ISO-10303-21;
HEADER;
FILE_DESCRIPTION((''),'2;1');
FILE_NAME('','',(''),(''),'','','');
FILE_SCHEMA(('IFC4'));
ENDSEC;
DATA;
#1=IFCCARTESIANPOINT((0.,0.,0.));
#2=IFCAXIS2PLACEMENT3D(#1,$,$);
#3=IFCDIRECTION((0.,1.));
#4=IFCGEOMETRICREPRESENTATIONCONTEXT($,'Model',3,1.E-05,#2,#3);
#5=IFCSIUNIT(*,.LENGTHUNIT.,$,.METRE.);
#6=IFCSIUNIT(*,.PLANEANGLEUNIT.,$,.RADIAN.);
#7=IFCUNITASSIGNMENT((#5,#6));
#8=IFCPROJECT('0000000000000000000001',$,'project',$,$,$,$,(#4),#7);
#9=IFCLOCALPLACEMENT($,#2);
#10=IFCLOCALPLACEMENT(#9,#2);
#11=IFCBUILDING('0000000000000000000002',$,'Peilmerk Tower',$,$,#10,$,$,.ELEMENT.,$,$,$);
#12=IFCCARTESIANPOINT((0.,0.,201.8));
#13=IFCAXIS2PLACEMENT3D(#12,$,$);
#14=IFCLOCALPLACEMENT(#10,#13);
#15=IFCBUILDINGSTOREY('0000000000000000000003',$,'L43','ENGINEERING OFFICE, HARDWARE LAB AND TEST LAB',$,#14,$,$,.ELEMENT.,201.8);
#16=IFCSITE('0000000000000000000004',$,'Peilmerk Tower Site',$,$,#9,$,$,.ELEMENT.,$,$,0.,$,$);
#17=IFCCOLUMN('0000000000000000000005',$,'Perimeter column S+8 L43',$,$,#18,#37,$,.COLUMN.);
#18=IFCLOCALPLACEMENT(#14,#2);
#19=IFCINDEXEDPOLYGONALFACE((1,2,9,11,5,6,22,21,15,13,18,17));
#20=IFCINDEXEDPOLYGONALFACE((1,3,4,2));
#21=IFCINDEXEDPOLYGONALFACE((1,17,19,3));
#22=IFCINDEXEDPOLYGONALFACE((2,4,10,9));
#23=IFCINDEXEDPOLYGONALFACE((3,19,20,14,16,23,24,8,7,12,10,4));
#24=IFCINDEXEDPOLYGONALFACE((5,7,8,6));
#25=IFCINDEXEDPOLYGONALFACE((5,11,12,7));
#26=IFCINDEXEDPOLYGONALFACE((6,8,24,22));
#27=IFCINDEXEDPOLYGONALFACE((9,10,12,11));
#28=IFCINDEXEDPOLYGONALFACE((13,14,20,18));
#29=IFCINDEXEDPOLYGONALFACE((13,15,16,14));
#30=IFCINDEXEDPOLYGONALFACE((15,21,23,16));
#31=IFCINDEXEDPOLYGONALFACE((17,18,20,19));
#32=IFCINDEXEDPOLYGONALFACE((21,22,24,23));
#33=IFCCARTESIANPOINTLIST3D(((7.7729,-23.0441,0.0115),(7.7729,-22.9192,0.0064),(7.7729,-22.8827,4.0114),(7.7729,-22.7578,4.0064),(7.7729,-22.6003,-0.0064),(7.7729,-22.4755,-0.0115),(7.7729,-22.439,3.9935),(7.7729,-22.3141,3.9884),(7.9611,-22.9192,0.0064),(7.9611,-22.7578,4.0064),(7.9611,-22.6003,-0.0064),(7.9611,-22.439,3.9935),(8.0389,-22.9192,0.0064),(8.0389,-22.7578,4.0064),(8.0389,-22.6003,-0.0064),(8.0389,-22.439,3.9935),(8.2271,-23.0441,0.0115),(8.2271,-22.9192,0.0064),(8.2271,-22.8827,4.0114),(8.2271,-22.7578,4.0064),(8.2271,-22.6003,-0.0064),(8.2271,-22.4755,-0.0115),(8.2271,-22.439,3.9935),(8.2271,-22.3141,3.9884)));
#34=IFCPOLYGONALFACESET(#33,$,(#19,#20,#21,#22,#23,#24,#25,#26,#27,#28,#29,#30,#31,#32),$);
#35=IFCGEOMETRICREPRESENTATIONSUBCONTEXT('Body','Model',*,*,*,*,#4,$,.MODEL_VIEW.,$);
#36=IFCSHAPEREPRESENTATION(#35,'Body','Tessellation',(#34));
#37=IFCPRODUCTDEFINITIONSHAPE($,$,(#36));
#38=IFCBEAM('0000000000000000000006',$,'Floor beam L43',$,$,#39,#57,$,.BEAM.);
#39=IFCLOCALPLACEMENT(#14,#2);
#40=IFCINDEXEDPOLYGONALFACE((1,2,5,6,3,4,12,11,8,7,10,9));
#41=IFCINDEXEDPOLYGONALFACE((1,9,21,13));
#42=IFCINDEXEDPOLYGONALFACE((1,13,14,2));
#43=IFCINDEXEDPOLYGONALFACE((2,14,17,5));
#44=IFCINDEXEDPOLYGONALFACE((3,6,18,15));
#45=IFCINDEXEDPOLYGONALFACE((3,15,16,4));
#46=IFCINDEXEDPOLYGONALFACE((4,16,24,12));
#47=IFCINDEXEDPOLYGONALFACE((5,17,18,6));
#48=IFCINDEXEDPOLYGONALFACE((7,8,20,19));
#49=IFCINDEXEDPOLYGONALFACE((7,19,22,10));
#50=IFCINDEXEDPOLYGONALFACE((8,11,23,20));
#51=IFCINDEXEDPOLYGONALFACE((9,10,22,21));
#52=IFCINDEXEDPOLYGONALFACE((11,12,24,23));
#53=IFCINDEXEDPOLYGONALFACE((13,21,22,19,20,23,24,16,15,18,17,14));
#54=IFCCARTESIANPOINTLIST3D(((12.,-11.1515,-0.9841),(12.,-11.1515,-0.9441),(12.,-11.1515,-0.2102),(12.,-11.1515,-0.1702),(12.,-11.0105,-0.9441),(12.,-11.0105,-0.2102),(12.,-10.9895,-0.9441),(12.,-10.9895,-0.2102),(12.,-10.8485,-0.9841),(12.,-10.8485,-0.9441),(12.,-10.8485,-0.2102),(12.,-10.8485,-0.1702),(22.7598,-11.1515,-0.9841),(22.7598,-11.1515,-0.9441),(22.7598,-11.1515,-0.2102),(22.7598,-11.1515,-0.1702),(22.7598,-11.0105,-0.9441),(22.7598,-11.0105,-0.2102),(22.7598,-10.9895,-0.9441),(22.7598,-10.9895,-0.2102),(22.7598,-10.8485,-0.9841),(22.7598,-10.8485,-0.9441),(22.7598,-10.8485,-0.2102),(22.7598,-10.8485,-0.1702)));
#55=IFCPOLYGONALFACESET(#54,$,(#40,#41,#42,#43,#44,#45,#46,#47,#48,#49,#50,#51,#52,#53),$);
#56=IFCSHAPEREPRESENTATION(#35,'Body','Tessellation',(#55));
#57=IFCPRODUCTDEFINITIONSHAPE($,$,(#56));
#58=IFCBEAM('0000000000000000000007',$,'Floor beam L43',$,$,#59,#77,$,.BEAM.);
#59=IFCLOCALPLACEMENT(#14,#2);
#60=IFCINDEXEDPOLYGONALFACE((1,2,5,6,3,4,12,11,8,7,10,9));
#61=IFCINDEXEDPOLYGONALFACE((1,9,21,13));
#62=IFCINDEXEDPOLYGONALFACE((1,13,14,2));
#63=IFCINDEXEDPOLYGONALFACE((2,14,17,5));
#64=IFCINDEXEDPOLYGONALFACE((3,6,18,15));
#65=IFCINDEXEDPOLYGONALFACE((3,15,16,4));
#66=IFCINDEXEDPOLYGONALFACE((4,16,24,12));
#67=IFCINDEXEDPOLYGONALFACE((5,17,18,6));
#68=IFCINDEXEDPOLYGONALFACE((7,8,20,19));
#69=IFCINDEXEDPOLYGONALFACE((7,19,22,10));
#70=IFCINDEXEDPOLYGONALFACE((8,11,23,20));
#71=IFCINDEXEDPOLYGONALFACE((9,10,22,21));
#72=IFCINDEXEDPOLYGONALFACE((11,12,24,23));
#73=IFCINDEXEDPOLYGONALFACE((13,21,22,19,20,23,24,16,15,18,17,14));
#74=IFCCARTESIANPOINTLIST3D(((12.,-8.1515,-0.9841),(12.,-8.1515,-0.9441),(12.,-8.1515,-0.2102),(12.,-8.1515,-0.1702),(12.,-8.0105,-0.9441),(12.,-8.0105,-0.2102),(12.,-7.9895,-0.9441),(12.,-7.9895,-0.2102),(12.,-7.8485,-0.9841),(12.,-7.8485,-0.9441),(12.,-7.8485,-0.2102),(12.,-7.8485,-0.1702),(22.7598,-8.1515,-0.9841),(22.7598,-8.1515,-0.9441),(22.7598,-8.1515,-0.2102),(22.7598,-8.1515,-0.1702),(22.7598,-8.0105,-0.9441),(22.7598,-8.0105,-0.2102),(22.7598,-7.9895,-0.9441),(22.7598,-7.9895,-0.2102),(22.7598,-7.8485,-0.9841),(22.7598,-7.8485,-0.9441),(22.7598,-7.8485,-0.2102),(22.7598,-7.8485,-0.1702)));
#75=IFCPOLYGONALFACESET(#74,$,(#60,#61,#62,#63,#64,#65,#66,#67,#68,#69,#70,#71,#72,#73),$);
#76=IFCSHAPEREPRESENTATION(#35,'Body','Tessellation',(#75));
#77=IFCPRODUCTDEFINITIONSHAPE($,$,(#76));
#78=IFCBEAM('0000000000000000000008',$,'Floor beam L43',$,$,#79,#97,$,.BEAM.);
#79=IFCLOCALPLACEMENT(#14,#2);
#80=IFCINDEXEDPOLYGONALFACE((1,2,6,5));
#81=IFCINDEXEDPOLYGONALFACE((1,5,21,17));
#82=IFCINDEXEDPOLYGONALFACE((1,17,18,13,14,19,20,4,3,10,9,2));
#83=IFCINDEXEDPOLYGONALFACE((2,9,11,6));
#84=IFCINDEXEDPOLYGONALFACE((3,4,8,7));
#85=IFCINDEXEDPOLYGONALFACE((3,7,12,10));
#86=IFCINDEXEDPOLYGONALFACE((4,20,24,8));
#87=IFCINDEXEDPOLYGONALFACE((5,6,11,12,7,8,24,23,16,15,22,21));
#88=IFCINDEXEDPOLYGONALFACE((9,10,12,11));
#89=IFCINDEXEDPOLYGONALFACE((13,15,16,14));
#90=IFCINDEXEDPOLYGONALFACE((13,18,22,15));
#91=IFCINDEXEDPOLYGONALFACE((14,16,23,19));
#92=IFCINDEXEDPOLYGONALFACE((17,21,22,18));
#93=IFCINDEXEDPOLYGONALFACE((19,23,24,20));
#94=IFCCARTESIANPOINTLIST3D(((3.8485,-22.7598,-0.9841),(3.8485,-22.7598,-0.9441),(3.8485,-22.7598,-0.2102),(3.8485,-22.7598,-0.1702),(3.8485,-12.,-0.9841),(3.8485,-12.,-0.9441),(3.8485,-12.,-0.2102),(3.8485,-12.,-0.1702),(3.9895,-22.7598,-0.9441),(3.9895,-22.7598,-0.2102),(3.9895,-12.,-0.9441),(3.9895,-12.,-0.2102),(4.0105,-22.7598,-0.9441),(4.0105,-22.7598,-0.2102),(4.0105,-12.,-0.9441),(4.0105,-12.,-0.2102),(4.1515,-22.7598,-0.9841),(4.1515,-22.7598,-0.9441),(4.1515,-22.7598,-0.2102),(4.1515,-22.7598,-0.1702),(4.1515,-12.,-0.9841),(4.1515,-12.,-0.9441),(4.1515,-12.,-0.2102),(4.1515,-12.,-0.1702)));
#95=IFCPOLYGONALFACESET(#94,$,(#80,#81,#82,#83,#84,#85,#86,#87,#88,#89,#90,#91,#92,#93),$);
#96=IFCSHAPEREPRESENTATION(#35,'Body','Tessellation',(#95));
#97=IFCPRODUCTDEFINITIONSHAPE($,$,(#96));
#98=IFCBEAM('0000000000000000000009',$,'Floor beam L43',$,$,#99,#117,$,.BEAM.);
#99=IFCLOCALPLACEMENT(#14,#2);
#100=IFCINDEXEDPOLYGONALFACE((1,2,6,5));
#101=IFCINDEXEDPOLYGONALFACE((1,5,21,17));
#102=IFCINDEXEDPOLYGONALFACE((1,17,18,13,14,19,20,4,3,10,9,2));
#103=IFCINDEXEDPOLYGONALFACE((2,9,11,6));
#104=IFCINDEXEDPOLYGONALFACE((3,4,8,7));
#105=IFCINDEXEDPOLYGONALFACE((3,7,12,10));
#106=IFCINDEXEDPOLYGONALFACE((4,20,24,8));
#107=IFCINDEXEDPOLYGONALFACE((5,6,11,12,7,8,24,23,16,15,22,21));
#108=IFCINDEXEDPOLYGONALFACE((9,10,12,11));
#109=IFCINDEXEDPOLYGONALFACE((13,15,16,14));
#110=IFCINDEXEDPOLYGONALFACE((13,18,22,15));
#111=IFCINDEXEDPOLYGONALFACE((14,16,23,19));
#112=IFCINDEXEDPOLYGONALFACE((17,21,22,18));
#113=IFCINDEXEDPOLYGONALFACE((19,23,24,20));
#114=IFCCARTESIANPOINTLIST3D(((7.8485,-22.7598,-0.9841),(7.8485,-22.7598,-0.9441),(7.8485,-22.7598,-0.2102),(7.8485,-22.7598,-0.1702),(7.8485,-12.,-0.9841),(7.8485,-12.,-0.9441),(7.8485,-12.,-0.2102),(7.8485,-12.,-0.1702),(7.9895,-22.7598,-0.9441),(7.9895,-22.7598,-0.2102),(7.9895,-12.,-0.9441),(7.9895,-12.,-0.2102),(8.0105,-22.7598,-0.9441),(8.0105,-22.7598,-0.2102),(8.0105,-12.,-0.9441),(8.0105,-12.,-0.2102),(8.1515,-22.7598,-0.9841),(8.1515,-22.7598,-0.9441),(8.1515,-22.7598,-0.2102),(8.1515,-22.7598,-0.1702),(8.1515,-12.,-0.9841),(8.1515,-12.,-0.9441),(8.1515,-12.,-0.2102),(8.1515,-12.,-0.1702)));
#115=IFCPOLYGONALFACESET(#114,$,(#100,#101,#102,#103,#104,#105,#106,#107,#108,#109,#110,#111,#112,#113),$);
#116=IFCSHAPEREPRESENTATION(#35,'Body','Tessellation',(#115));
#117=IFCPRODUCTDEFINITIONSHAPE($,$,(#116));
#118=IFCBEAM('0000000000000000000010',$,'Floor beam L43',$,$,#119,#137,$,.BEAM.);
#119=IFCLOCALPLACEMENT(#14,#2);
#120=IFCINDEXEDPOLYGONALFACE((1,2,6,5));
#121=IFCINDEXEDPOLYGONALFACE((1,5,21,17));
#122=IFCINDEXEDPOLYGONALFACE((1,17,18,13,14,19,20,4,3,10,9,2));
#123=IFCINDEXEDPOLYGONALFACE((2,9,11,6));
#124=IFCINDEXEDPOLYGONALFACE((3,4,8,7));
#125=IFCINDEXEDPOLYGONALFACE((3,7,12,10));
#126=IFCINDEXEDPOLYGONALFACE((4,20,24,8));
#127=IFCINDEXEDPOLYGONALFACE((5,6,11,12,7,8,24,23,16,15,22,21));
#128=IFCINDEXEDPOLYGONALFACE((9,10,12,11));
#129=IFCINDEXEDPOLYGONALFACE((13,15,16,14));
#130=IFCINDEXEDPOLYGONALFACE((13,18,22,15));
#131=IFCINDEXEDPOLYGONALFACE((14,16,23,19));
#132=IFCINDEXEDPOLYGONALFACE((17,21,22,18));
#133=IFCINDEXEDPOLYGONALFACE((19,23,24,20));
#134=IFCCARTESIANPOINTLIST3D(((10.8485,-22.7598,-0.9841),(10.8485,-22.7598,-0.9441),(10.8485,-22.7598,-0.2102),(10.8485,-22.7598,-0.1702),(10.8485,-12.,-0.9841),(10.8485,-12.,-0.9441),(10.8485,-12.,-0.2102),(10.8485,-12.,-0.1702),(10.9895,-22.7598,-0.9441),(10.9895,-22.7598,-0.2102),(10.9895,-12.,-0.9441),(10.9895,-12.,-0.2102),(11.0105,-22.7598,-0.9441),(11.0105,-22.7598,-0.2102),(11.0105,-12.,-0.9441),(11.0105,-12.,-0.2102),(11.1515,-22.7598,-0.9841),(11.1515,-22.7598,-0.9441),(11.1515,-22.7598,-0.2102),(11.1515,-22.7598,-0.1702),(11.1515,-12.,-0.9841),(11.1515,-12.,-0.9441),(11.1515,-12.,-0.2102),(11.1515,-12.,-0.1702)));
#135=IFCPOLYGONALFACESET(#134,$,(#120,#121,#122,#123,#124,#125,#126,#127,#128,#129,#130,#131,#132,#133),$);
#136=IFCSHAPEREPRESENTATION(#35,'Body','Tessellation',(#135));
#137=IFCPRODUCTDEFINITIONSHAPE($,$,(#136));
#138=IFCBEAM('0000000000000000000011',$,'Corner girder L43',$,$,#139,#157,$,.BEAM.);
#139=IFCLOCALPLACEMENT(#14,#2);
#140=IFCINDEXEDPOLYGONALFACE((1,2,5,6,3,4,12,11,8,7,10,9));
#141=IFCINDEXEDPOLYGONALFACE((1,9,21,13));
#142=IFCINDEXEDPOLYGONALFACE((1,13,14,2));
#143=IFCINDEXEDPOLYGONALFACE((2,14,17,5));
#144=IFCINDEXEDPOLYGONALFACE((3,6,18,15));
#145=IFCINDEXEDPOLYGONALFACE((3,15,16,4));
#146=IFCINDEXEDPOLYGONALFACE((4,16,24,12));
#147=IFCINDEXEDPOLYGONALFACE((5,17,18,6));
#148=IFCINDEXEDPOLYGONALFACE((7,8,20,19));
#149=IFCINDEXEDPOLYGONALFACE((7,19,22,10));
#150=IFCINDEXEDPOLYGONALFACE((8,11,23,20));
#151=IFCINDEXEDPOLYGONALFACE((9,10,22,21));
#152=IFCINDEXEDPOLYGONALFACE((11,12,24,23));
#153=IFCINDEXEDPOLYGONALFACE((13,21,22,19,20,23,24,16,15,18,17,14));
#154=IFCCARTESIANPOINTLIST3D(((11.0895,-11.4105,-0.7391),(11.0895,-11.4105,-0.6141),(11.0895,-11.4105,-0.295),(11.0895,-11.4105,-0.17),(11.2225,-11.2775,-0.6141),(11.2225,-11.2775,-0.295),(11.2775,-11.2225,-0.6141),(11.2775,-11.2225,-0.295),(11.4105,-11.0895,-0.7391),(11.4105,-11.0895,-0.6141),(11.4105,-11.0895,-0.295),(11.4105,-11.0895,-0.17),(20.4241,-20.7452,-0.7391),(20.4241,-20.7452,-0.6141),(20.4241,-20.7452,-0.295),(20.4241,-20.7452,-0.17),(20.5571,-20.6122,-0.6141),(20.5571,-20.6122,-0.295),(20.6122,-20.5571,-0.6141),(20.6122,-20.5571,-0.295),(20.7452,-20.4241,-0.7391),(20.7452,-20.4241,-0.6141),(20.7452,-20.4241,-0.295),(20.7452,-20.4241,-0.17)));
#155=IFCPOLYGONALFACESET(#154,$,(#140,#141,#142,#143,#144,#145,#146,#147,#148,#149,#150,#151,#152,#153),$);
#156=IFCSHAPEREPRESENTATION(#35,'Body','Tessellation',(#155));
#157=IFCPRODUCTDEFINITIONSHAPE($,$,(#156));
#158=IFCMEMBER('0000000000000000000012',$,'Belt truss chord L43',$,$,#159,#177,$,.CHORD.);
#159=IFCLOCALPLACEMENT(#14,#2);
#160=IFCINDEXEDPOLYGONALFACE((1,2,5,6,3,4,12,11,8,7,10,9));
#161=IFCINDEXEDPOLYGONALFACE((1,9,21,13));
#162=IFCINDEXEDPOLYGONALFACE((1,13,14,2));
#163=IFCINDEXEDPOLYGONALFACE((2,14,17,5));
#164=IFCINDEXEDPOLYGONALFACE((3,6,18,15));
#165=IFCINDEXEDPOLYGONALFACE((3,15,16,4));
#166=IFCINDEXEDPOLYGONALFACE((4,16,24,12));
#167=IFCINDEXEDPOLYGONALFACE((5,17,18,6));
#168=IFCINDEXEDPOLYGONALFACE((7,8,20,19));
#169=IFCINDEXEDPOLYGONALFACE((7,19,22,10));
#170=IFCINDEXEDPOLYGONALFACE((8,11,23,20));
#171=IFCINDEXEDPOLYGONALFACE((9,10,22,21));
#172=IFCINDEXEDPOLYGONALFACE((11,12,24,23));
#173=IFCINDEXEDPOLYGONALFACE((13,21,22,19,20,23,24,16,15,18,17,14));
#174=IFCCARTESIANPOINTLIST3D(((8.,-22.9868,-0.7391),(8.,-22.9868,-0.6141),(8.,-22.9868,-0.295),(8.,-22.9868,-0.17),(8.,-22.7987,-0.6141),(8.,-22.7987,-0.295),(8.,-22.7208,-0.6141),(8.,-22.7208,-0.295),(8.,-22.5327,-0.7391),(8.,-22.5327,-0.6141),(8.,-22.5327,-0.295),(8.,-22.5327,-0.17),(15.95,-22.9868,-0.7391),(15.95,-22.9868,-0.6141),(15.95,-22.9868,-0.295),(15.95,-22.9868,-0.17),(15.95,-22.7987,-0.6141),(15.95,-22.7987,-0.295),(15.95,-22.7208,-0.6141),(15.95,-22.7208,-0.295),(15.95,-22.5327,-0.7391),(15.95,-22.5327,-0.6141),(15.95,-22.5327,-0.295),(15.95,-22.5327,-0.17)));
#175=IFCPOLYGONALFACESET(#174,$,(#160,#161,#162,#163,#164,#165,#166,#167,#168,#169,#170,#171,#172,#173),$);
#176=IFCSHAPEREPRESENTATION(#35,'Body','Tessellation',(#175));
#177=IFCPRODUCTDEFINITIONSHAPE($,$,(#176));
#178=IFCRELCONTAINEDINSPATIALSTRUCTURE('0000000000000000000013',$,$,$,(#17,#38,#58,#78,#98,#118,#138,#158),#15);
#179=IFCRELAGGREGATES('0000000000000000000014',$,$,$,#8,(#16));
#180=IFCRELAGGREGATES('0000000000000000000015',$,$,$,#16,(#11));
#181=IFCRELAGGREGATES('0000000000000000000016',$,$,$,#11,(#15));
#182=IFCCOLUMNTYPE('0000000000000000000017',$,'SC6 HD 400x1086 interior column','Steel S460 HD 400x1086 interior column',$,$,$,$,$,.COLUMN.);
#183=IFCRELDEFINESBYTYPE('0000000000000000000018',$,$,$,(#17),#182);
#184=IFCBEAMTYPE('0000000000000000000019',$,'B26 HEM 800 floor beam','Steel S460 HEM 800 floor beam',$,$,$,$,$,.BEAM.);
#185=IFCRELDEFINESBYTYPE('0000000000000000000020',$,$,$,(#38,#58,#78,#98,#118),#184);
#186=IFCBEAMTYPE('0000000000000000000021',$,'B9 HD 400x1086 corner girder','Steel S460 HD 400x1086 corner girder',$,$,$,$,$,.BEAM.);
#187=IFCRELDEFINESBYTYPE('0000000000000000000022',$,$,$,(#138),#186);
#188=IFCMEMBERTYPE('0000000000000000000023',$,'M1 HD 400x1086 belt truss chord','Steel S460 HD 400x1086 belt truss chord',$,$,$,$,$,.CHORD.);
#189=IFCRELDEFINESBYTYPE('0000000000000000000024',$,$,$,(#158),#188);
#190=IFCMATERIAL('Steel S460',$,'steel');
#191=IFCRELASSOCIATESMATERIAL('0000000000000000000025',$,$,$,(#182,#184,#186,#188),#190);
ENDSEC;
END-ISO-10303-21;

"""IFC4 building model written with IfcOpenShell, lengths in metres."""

from ifc_helpers import new_model, si_unit, direction, frame, origin, origin_2d, place, context, subcontext, project, spatial, i_section, extrude, material, material_profile, profile_set, type_object, element, save


model = new_model("IFC4")

# Units and contexts
model_context = context("Model", 3, precision=1e-05, world=origin(), true_north=direction((0.0, 1.0)))
body_context = subcontext(model_context, "Body", "Model", "MODEL_VIEW")
ifc_project = project(units=[si_unit("LENGTHUNIT", "METRE"), si_unit("PLANEANGLEUNIT", "RADIAN")], contexts=[model_context])

# Site, building, storey
site_placement = place(None, origin())
site = spatial("IfcSite", under=ifc_project, at=site_placement, Name="Peilmerk Tower Site", CompositionType="ELEMENT", RefElevation=0.0)
building_placement = place(site_placement, origin())
building = spatial("IfcBuilding", under=site, at=building_placement, Name="Peilmerk Tower", CompositionType="ELEMENT")
storey_placement = place(building_placement, frame((0.0, 0.0, 201.8)))
storey = spatial("IfcBuildingStorey", under=building, at=storey_placement, Name="L43", Description="ENGINEERING OFFICE, HARDWARE LAB AND TEST LAB", CompositionType="ELEMENT", Elevation=201.8)

# Column
ifc_material_1 = material(Name="Steel S460", Category="steel")
ifc_material_profile_1 = material_profile(ifc_material_1, i_section(OverallWidth=0.4541, OverallDepth=0.5691, WebThickness=0.0779, FlangeThickness=0.125, at=origin_2d()), Name="HD 400x1086")
ifc_profile_set_1 = profile_set([ifc_material_profile_1], Name="Steel S460")
column_type = type_object("IfcColumnType", Name="SC6 HD 400x1086 interior column", Description="Steel S460 HD 400x1086 interior column", PredefinedType="COLUMN", material=ifc_profile_set_1)
column_placement = place(storey_placement, frame((8.0, -22.7598, 0.0), z_axis=(0.0, 0.040311, 0.999187), x_axis=(-1.0, 0.0, 0.0)))
element("IfcColumn", 1, at=column_placement, inside=storey, type_object=column_type, Name="Perimeter column S+8 L43", PredefinedType="COLUMN", context=body_context, shape_type="SweptSolid", body=[
    extrude(i_section(OverallWidth=0.4541, OverallDepth=0.5691, WebThickness=0.0779, FlangeThickness=0.125, at=origin_2d()), origin(), (0.0, 0.0, 1.0), 4.0032),
])

# Beams
ifc_material_profile_2 = material_profile(ifc_material_1, i_section(OverallWidth=0.303, OverallDepth=0.814, WebThickness=0.021, FlangeThickness=0.04, at=origin_2d()), Name="HEM 800")
ifc_profile_set_2 = profile_set([ifc_material_profile_2], Name="Steel S460")
beam_type_1 = type_object("IfcBeamType", Name="B26 HEM 800 floor beam", Description="Steel S460 HEM 800 floor beam", PredefinedType="BEAM", material=ifc_profile_set_2)
for number, where, z_axis, x_axis, name in (
    (2, (12.0, -11.0, -0.5771), (1.0, 0.0, 0.0), (0.0, 1.0, 0.0), "Floor beam L43"),
    (3, (12.0, -8.0, -0.5771), (1.0, 0.0, 0.0), (0.0, 1.0, 0.0), "Floor beam L43"),
    (4, (4.0, -12.0, -0.5771), (0.0, -1.0, 0.0), (1.0, 0.0, 0.0), "Floor beam L43"),
    (5, (8.0, -12.0, -0.5771), (0.0, -1.0, 0.0), (1.0, 0.0, 0.0), "Floor beam L43"),
    (6, (11.0, -12.0, -0.5771), (0.0, -1.0, 0.0), (1.0, 0.0, 0.0), "Floor beam L43"),
):
    element("IfcBeam", number, at=place(storey_placement, frame(where, z_axis=z_axis, x_axis=x_axis)), inside=storey, type_object=beam_type_1, Name=name, PredefinedType="BEAM", context=body_context, shape_type="SweptSolid", body=[
        extrude(i_section(OverallWidth=0.303, OverallDepth=0.814, WebThickness=0.021, FlangeThickness=0.04, at=origin_2d()), origin(), (0.0, 0.0, 1.0), 10.7598),
    ])
ifc_material_profile_3 = material_profile(ifc_material_1, i_section(OverallWidth=0.4541, OverallDepth=0.5691, WebThickness=0.0779, FlangeThickness=0.125, at=origin_2d()), Name="HD 400x1086")
ifc_profile_set_3 = profile_set([ifc_material_profile_3], Name="Steel S460")
beam_type_2 = type_object("IfcBeamType", Name="B9 HD 400x1086 corner girder", Description="Steel S460 HD 400x1086 corner girder", PredefinedType="BEAM", material=ifc_profile_set_3)
beam_placement = place(storey_placement, frame((11.25, -11.25, -0.4546), z_axis=(0.707107, -0.707107, 0.0), x_axis=(0.707107, 0.707107, 0.0)))
element("IfcBeam", 7, at=beam_placement, inside=storey, type_object=beam_type_2, Name="Corner girder L43", PredefinedType="BEAM", context=body_context, shape_type="SweptSolid", body=[
    extrude(i_section(OverallWidth=0.4541, OverallDepth=0.5691, WebThickness=0.0779, FlangeThickness=0.125, at=origin_2d()), origin(), (0.0, 0.0, 1.0), 13.2012),
])

# Member
ifc_material_profile_4 = material_profile(ifc_material_1, i_section(OverallWidth=0.4541, OverallDepth=0.5691, WebThickness=0.0779, FlangeThickness=0.125, at=origin_2d()), Name="HD 400x1086")
ifc_profile_set_4 = profile_set([ifc_material_profile_4], Name="Steel S460")
member_type = type_object("IfcMemberType", Name="M1 HD 400x1086 belt truss chord", Description="Steel S460 HD 400x1086 belt truss chord", PredefinedType="CHORD", material=ifc_profile_set_4)
member_placement = place(storey_placement, frame((8.0, -22.7598, -0.4546), z_axis=(1.0, 0.0, 0.0), x_axis=(0.0, 1.0, 0.0)))
element("IfcMember", 8, at=member_placement, inside=storey, type_object=member_type, Name="Belt truss chord L43", PredefinedType="CHORD", context=body_context, shape_type="SweptSolid", body=[
    extrude(i_section(OverallWidth=0.4541, OverallDepth=0.5691, WebThickness=0.0779, FlangeThickness=0.125, at=origin_2d()), origin(), (0.0, 0.0, 1.0), 7.95),
])

save(model, "model.ifc")
